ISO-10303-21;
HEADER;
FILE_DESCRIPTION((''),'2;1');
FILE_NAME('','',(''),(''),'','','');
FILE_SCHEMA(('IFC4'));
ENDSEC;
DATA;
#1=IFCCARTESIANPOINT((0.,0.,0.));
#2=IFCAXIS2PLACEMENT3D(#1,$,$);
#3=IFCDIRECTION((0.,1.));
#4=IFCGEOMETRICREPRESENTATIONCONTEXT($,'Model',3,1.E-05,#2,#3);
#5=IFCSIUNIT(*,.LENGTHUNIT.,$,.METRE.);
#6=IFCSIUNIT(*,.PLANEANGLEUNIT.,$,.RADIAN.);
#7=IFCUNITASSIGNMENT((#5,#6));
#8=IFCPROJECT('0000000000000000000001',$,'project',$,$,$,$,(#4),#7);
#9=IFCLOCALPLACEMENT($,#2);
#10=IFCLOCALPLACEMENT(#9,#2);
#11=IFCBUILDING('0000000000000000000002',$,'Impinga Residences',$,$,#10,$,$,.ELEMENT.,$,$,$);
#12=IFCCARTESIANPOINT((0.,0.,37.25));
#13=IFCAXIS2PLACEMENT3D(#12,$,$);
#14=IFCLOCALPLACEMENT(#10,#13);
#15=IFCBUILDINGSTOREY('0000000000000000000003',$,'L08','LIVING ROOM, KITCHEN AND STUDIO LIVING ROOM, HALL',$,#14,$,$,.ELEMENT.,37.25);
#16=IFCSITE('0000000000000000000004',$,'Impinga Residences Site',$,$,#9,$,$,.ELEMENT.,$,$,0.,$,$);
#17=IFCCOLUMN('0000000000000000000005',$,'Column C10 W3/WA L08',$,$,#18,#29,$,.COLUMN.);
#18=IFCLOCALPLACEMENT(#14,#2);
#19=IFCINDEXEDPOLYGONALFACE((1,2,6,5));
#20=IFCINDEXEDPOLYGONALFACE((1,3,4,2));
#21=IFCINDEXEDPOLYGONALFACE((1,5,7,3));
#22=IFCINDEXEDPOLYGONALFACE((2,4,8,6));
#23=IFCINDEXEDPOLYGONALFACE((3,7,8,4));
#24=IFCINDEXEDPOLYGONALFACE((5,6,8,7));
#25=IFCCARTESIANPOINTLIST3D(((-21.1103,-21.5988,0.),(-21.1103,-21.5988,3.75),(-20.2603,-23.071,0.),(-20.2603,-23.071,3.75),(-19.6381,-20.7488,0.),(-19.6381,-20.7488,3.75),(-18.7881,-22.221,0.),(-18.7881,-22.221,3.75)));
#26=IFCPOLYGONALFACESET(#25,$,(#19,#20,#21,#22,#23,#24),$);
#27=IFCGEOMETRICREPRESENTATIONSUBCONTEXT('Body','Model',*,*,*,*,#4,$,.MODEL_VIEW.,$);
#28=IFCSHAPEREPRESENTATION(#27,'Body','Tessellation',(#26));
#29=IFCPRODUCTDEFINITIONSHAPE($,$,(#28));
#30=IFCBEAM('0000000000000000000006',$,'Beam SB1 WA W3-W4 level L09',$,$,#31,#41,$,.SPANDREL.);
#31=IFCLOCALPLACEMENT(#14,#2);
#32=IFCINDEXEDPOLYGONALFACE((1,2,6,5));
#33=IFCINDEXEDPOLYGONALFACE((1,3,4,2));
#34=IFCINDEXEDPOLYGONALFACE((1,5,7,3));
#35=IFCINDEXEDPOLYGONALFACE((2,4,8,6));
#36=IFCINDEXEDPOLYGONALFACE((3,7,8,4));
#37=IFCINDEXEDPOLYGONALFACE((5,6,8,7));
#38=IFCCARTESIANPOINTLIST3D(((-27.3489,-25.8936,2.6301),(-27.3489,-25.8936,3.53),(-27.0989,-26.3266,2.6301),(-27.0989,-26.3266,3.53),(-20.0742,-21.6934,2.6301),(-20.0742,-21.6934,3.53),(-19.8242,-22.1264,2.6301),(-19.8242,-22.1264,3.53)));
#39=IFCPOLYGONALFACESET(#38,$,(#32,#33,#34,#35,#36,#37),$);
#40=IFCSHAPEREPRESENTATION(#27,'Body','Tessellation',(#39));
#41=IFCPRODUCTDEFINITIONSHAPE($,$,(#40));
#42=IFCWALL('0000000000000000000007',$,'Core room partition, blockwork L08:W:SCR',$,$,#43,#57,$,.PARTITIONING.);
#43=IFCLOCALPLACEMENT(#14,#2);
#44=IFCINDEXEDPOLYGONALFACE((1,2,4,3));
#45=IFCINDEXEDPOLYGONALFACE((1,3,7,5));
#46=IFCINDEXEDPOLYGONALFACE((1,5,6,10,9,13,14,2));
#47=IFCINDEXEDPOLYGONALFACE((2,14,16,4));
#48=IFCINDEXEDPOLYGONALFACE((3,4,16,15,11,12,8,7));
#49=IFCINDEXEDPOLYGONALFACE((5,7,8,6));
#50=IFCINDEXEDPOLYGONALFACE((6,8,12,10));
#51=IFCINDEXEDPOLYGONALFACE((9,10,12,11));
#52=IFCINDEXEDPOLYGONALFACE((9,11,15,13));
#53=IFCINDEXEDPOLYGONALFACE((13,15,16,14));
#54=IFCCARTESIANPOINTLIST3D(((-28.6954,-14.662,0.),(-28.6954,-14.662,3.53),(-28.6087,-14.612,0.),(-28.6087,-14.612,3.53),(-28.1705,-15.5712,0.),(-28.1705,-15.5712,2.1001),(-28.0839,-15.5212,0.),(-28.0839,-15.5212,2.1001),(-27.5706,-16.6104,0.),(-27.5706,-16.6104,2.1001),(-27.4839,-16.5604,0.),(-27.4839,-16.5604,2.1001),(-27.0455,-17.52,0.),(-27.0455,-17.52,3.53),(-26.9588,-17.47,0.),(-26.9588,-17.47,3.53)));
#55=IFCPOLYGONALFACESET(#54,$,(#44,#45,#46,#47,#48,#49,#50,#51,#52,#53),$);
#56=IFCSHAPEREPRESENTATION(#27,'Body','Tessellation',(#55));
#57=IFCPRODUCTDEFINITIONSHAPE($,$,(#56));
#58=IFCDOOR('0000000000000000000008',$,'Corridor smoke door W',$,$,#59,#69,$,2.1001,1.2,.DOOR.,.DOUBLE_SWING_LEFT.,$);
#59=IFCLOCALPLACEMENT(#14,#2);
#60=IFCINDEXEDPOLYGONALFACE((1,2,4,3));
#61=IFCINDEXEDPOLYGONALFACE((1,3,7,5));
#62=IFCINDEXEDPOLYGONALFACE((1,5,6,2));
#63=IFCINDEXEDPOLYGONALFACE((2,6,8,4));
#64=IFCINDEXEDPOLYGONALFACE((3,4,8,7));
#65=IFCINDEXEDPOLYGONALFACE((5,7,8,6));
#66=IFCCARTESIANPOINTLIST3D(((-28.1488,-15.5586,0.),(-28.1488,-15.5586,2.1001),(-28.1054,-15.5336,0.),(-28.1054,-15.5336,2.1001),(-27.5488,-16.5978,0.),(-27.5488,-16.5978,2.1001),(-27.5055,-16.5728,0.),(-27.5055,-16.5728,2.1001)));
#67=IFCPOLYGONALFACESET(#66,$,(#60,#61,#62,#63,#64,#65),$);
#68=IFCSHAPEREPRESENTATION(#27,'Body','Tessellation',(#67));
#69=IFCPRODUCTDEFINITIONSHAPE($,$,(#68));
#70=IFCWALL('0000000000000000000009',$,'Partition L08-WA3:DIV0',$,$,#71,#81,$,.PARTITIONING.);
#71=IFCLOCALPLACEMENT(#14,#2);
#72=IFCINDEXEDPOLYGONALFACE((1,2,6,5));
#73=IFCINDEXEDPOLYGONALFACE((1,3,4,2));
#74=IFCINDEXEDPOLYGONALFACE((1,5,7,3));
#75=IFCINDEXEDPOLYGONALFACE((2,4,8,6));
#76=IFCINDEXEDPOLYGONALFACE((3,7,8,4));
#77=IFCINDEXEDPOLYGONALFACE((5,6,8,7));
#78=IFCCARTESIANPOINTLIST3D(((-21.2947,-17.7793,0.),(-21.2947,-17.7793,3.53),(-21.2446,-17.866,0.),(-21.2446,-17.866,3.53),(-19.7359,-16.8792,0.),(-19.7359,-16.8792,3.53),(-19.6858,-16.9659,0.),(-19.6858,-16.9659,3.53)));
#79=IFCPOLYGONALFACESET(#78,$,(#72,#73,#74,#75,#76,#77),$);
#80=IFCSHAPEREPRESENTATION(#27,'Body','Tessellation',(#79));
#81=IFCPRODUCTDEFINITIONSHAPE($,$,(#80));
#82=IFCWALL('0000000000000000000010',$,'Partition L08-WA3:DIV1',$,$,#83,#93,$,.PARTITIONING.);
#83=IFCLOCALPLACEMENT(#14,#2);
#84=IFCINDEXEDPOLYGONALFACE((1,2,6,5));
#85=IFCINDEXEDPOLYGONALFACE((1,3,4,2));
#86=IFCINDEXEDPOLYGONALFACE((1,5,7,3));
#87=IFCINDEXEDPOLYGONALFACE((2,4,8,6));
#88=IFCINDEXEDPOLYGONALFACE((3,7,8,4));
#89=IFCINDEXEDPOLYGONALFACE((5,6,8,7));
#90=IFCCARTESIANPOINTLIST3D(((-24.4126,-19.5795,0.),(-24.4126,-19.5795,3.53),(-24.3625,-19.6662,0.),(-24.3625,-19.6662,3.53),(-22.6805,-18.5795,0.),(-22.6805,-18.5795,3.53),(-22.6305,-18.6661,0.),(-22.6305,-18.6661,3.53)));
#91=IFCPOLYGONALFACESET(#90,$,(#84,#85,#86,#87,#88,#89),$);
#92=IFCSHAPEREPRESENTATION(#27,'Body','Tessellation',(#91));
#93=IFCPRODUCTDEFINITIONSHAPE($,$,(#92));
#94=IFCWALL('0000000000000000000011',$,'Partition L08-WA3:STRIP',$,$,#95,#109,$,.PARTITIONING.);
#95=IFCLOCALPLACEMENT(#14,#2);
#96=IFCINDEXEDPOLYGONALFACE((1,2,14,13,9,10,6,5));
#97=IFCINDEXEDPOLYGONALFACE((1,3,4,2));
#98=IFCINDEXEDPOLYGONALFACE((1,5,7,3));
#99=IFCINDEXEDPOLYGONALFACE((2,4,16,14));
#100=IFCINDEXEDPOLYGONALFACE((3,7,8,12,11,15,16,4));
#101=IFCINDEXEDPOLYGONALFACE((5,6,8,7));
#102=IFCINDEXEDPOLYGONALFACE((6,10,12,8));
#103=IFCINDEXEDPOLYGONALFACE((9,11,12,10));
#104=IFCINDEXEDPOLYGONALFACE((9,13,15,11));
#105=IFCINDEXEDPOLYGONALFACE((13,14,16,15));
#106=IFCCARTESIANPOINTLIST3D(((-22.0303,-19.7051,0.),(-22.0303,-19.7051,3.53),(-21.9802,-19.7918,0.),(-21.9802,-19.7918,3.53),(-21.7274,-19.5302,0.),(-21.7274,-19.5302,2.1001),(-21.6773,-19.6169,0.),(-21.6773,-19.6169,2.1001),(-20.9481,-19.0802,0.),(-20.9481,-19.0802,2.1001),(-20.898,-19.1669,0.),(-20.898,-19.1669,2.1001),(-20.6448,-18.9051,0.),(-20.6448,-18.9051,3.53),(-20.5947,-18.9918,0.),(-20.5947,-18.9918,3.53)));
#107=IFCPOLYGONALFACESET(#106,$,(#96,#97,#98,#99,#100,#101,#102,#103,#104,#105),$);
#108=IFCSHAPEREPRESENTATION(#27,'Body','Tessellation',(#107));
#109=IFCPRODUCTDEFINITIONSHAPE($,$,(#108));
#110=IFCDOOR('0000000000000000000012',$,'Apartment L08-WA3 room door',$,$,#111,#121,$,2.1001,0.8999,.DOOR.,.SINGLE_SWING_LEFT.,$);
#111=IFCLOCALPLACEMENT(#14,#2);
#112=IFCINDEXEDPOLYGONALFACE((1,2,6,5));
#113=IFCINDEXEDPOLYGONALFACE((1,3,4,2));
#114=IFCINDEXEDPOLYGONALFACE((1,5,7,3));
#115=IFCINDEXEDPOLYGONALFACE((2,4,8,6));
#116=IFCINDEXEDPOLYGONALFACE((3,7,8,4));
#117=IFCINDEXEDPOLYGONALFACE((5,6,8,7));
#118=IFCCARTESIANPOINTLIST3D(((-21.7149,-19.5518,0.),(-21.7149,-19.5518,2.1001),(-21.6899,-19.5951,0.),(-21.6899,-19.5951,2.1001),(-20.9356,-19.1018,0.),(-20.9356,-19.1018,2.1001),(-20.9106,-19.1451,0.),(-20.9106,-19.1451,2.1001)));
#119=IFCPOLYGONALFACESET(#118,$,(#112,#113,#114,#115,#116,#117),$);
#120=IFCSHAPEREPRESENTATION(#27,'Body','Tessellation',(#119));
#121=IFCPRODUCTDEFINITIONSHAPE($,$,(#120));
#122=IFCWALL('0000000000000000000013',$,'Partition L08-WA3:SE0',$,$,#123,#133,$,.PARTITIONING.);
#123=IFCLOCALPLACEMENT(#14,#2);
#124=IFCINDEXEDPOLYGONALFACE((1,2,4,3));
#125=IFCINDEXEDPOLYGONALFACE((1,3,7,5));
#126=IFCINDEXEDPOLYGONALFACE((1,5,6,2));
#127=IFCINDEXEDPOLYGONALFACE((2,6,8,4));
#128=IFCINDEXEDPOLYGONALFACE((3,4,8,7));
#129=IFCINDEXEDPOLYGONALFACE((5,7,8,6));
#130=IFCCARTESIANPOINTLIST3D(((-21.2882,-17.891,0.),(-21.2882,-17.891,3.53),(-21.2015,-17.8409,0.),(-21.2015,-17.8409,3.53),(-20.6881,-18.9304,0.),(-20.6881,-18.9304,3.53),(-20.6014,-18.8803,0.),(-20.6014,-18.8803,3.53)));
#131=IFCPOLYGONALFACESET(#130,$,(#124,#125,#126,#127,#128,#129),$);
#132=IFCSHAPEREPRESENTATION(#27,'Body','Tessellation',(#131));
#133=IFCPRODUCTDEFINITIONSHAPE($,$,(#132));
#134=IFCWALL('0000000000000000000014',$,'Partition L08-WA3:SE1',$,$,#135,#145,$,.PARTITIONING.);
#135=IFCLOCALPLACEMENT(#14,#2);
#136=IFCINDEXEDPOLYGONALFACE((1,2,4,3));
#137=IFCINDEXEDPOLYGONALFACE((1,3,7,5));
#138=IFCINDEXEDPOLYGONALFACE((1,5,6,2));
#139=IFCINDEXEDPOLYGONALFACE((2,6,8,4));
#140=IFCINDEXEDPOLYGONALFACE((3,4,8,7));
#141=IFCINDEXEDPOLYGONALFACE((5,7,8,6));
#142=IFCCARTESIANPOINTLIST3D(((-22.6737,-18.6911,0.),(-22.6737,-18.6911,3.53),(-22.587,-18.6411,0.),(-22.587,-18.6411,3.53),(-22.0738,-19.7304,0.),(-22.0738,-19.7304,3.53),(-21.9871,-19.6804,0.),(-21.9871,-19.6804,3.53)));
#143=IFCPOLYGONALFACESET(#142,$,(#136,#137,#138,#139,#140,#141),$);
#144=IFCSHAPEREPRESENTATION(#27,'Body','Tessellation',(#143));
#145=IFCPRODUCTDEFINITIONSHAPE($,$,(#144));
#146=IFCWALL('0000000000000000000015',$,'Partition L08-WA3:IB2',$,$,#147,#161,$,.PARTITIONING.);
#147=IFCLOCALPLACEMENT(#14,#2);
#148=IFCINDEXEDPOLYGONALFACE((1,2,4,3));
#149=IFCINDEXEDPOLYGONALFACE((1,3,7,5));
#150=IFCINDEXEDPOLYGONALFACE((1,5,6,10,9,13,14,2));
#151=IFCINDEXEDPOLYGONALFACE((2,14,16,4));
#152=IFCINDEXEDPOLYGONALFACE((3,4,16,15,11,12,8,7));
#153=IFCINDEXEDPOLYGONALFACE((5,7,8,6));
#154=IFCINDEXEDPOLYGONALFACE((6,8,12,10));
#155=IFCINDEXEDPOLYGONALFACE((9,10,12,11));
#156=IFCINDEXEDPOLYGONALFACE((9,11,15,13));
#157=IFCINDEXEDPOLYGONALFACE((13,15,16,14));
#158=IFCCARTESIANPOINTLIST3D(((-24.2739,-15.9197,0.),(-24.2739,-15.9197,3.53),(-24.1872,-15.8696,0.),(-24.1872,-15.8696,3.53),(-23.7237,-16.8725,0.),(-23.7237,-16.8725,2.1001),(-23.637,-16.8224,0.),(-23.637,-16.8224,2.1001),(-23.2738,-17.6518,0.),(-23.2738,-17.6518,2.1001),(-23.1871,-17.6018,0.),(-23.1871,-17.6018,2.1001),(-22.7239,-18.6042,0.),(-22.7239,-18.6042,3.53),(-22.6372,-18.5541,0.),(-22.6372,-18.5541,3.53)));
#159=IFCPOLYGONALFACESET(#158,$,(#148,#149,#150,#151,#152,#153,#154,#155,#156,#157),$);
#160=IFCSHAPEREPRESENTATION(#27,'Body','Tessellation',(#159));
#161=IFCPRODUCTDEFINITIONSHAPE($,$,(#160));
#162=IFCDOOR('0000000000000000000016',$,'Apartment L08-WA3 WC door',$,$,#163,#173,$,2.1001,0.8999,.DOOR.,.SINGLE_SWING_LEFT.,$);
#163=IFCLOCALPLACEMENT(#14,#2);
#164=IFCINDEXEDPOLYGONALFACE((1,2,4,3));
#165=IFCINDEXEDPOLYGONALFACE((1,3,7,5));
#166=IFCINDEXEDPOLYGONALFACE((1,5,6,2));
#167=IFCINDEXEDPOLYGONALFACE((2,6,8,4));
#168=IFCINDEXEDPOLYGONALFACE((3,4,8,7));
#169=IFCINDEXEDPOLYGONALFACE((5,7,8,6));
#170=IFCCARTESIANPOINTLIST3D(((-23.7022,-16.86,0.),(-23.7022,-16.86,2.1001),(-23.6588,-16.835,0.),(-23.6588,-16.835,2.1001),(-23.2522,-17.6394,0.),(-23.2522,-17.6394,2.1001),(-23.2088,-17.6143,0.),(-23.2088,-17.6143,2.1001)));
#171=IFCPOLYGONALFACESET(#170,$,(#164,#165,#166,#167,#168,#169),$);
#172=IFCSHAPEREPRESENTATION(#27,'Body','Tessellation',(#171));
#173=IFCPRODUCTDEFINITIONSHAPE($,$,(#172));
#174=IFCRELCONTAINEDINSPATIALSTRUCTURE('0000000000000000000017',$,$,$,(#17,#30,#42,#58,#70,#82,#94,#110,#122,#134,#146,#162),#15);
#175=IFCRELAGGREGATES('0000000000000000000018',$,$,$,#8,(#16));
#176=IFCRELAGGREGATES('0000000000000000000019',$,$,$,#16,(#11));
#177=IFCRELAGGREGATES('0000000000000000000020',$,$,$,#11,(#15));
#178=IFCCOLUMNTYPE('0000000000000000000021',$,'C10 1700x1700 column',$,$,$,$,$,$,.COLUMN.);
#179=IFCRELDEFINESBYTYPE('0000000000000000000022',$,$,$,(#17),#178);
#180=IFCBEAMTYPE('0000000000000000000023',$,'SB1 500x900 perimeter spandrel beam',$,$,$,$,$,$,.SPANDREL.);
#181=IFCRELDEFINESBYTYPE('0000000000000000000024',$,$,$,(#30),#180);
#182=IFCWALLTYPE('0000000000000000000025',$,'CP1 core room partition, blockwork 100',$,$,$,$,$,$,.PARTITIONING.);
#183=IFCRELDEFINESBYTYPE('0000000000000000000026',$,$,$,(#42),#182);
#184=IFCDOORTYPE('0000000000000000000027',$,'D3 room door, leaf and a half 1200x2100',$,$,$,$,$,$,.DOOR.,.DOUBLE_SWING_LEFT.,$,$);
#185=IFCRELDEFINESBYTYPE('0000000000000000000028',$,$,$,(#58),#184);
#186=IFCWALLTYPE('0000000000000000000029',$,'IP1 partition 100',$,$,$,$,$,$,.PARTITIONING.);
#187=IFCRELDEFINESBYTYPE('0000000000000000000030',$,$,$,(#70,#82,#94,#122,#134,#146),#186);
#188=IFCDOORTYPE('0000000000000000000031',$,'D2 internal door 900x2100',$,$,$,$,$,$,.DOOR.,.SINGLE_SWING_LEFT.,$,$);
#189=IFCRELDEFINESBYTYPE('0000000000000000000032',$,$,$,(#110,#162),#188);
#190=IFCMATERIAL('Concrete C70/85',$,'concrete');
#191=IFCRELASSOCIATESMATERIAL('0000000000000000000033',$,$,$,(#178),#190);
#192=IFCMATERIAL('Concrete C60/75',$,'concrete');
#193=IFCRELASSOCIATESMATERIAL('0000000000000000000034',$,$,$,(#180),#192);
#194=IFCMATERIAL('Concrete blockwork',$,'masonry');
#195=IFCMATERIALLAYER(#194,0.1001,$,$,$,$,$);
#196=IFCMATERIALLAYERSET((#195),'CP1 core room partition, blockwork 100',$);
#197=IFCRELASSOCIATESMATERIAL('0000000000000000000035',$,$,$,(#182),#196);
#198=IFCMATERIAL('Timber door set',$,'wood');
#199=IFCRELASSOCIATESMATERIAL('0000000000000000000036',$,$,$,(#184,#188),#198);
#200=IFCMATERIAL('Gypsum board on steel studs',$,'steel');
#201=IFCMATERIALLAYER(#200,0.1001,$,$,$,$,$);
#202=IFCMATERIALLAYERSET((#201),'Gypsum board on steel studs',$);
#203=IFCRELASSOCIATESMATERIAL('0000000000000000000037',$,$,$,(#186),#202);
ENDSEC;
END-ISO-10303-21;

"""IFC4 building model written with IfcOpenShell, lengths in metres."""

from ifc_helpers import new_model, si_unit, direction, frame, frame_2d, origin, origin_2d, place, context, subcontext, project, spatial, rectangle, extrude, material, layer, layer_set, material_profile, profile_set, type_object, element, fill, save


model = new_model("IFC4")

# Units and contexts
model_context = context("Model", 3, precision=1e-05, world=origin(), true_north=direction((0.0, 1.0)))
body_context = subcontext(model_context, "Body", "Model", "MODEL_VIEW")
ifc_project = project(units=[si_unit("LENGTHUNIT", "METRE"), si_unit("PLANEANGLEUNIT", "RADIAN")], contexts=[model_context])

# Site, building, storey
site_placement = place(None, origin())
site = spatial("IfcSite", under=ifc_project, at=site_placement, Name="Impinga Residences Site", CompositionType="ELEMENT", RefElevation=0.0)
building_placement = place(site_placement, origin())
building = spatial("IfcBuilding", under=site, at=building_placement, Name="Impinga Residences", CompositionType="ELEMENT")
storey_placement = place(building_placement, frame((0.0, 0.0, 37.25)))
storey = spatial("IfcBuildingStorey", under=building, at=storey_placement, Name="L08", Description="LIVING ROOM, KITCHEN AND STUDIO LIVING ROOM, HALL", CompositionType="ELEMENT", Elevation=37.25)

# Column
ifc_material_1 = material(Name="Concrete C70/85", Category="concrete")
ifc_material_profile_1 = material_profile(ifc_material_1, rectangle(XDim=1.7, YDim=1.7, at=origin_2d()), Name="RC 1700x1700")
ifc_profile_set_1 = profile_set([ifc_material_profile_1], Name="Concrete C70/85")
column_type = type_object("IfcColumnType", Name="C10 1700x1700 column", PredefinedType="COLUMN", material=ifc_profile_set_1)
column_placement = place(storey_placement, frame((-19.9492, -21.9099, 0.0), z_axis=(0.0, 0.0, 1.0), x_axis=(-0.5, 0.866025, 0.0)))
element("IfcColumn", 1, at=column_placement, inside=storey, type_object=column_type, Name="Column C10 W3/WA L08", PredefinedType="COLUMN", context=body_context, shape_type="SweptSolid", body=[
    extrude(rectangle(XDim=1.7, YDim=1.7, at=origin_2d()), origin(), (0.0, 0.0, 1.0), 3.75),
])

# Beam
ifc_material_2 = material(Name="Concrete C60/75", Category="concrete")
ifc_material_profile_2 = material_profile(ifc_material_2, rectangle(XDim=0.5, YDim=0.8999, at=origin_2d()), Name="RC 500x900")
ifc_profile_set_2 = profile_set([ifc_material_profile_2], Name="Concrete C60/75")
beam_type = type_object("IfcBeamType", Name="SB1 500x900 perimeter spandrel beam", PredefinedType="SPANDREL", material=ifc_profile_set_2)
beam_placement = place(storey_placement, frame((-19.9492, -21.9099, 3.0801), z_axis=(-0.866017, -0.500015, 0.0), x_axis=(0.500015, -0.866017, 0.0)))
element("IfcBeam", 2, at=beam_placement, inside=storey, type_object=beam_type, Name="Beam SB1 WA W3-W4 level L09", PredefinedType="SPANDREL", context=body_context, shape_type="SweptSolid", body=[
    extrude(rectangle(XDim=0.5, YDim=0.8999, at=origin_2d()), origin(), (0.0, 0.0, 1.0), 8.4001),
])

# Wall, opening, door
ifc_material_3 = material(Name="Concrete blockwork", Category="masonry")
ifc_layer_1 = layer(ifc_material_3, 0.1001)
ifc_layer_set_1 = layer_set([ifc_layer_1], Name="CP1 core room partition, blockwork 100")
wall_type_1 = type_object("IfcWallType", Name="CP1 core room partition, blockwork 100", PredefinedType="PARTITIONING", material=ifc_layer_set_1)
wall_1_placement = place(storey_placement, frame((-27.0022, -17.4949, 0.0), z_axis=(0.0, 0.0, 1.0), x_axis=(-0.499974, 0.86604, 0.0)))
wall_1 = element("IfcWall", 3, at=wall_1_placement, inside=storey, type_object=wall_type_1, Name="Core room partition, blockwork L08:W:SCR", PredefinedType="PARTITIONING", context=body_context, shape_type="SweptSolid", body=[
    extrude(rectangle(XDim=3.3, YDim=0.1001, at=frame_2d((1.6499, 0.0))), origin(), (0.0, 0.0, 1.0), 3.53),
])
opening_1_placement = place(wall_1_placement, frame((1.05, 0.0, 0.0)))
opening_1 = element("IfcOpeningElement", 4, at=opening_1_placement, cuts=wall_1, PredefinedType="OPENING", context=body_context, shape_type="SweptSolid", body=[
    extrude(rectangle(XDim=1.2, YDim=2.1001, at=frame_2d((0.6001, 1.05))), frame((0.0, 0.0601, 0.0), z_axis=(0.0, -1.0, 0.0), x_axis=(1.0, 0.0, 0.0)), (0.0, 0.0, 1.0), 0.1201),
])
ifc_material_4 = material(Name="Timber door set", Category="wood")
door_type_1 = type_object("IfcDoorType", Name="D3 room door, leaf and a half 1200x2100", OperationType="DOUBLE_SWING_LEFT", PredefinedType="DOOR", material=ifc_material_4)
door_1_placement = place(opening_1_placement, origin())
door_1 = element("IfcDoor", 5, at=door_1_placement, inside=storey, type_object=door_type_1, Name="Corridor smoke door W", OperationType="DOUBLE_SWING_LEFT", OverallHeight=2.1001, OverallWidth=1.2, PredefinedType="DOOR", context=body_context, shape_type="SweptSolid", body=[
    extrude(rectangle(XDim=1.2, YDim=2.1001, at=frame_2d((0.6001, 1.05))), frame((0.0, 0.0249, 0.0), z_axis=(0.0, -1.0, 0.0), x_axis=(1.0, 0.0, 0.0)), (0.0, 0.0, 1.0), 0.05),
])
fill(opening_1, door_1)

# Walls
ifc_material_5 = material(Name="Gypsum board on steel studs", Category="steel")
ifc_layer_2 = layer(ifc_material_5, 0.1001)
ifc_layer_set_2 = layer_set([ifc_layer_2], Name="Gypsum board on steel studs")
wall_type_2 = type_object("IfcWallType", Name="IP1 partition 100", PredefinedType="PARTITIONING", material=ifc_layer_set_2)
wall_2_placement = place(storey_placement, frame((-19.7109, -16.9226, 0.0), z_axis=(0.0, 0.0, 1.0), x_axis=(-0.865989, -0.500063, 0.0)))
element("IfcWall", 6, at=wall_2_placement, inside=storey, type_object=wall_type_2, Name="Partition L08-WA3:DIV0", PredefinedType="PARTITIONING", context=body_context, shape_type="SweptSolid", body=[
    extrude(rectangle(XDim=1.8, YDim=0.1001, at=frame_2d((0.8999, 0.0))), origin(), (0.0, 0.0, 1.0), 3.53),
])
wall_3_placement = place(storey_placement, frame((-22.6555, -18.6228, 0.0), z_axis=(0.0, 0.0, 1.0), x_axis=(-0.866011, -0.500025, 0.0)))
element("IfcWall", 7, at=wall_3_placement, inside=storey, type_object=wall_type_2, Name="Partition L08-WA3:DIV1", PredefinedType="PARTITIONING", context=body_context, shape_type="SweptSolid", body=[
    extrude(rectangle(XDim=2.0, YDim=0.1001, at=frame_2d((1.0, 0.0))), origin(), (0.0, 0.0, 1.0), 3.53),
])

# Wall, opening, door
wall_4_placement = place(storey_placement, frame((-20.6199, -18.9485, 0.0), z_axis=(0.0, 0.0, 1.0), x_axis=(-0.86599, -0.500061, 0.0)))
wall_4 = element("IfcWall", 8, at=wall_4_placement, inside=storey, type_object=wall_type_2, Name="Partition L08-WA3:STRIP", PredefinedType="PARTITIONING", context=body_context, shape_type="SweptSolid", body=[
    extrude(rectangle(XDim=1.5999, YDim=0.1001, at=frame_2d((0.7998, 0.0))), origin(), (0.0, 0.0, 1.0), 3.53),
])
opening_2_placement = place(wall_4_placement, frame((0.3501, 0.0, 0.0)))
opening_2 = element("IfcOpeningElement", 9, at=opening_2_placement, cuts=wall_4, PredefinedType="OPENING", context=body_context, shape_type="SweptSolid", body=[
    extrude(rectangle(XDim=0.8999, YDim=2.1001, at=frame_2d((0.45, 1.05))), frame((0.0, 0.0601, 0.0), z_axis=(0.0, -1.0, 0.0), x_axis=(1.0, 0.0, 0.0)), (0.0, 0.0, 1.0), 0.1201),
])
door_type_2 = type_object("IfcDoorType", Name="D2 internal door 900x2100", OperationType="SINGLE_SWING_LEFT", PredefinedType="DOOR", material=ifc_material_4)
door_2_placement = place(opening_2_placement, origin())
door_2 = element("IfcDoor", 10, at=door_2_placement, inside=storey, type_object=door_type_2, Name="Apartment L08-WA3 room door", OperationType="SINGLE_SWING_LEFT", OverallHeight=2.1001, OverallWidth=0.8999, PredefinedType="DOOR", context=body_context, shape_type="SweptSolid", body=[
    extrude(rectangle(XDim=0.8999, YDim=2.1001, at=frame_2d((0.45, 1.05))), frame((0.0, 0.0249, 0.0), z_axis=(0.0, -1.0, 0.0), x_axis=(1.0, 0.0, 0.0)), (0.0, 0.0, 1.0), 0.05),
])
fill(opening_2, door_2)

# Walls
wall_5_placement = place(storey_placement, frame((-21.2449, -17.866, 0.0), z_axis=(0.0, 0.0, 1.0), x_axis=(0.500034, -0.866006, 0.0)))
element("IfcWall", 11, at=wall_5_placement, inside=storey, type_object=wall_type_2, Name="Partition L08-WA3:SE0", PredefinedType="PARTITIONING", context=body_context, shape_type="SweptSolid", body=[
    extrude(rectangle(XDim=1.2002, YDim=0.1001, at=frame_2d((0.6001, 0.0))), origin(), (0.0, 0.0, 1.0), 3.53),
])
wall_6_placement = place(storey_placement, frame((-22.6304, -18.666, 0.0), z_axis=(0.0, 0.0, 1.0), x_axis=(0.499881, -0.866094, 0.0)))
element("IfcWall", 12, at=wall_6_placement, inside=storey, type_object=wall_type_2, Name="Partition L08-WA3:SE1", PredefinedType="PARTITIONING", context=body_context, shape_type="SweptSolid", body=[
    extrude(rectangle(XDim=1.2, YDim=0.1001, at=frame_2d((0.6001, 0.0))), origin(), (0.0, 0.0, 1.0), 3.53),
])

# Wall, opening, door
wall_7_placement = place(storey_placement, frame((-24.2305, -15.8948, 0.0), z_axis=(0.0, 0.0, 1.0), x_axis=(0.500027, -0.86601, 0.0)))
wall_7 = element("IfcWall", 13, at=wall_7_placement, inside=storey, type_object=wall_type_2, Name="Partition L08-WA3:IB2", PredefinedType="PARTITIONING", context=body_context, shape_type="SweptSolid", body=[
    extrude(rectangle(XDim=3.0999, YDim=0.1001, at=frame_2d((1.5498, 0.0))), origin(), (0.0, 0.0, 1.0), 3.53),
])
opening_3_placement = place(wall_7_placement, frame((1.1001, 0.0, 0.0)))
opening_3 = element("IfcOpeningElement", 14, at=opening_3_placement, cuts=wall_7, PredefinedType="OPENING", context=body_context, shape_type="SweptSolid", body=[
    extrude(rectangle(XDim=0.8999, YDim=2.1001, at=frame_2d((0.45, 1.05))), frame((0.0, 0.0601, 0.0), z_axis=(0.0, -1.0, 0.0), x_axis=(1.0, 0.0, 0.0)), (0.0, 0.0, 1.0), 0.1201),
])
door_3_placement = place(opening_3_placement, origin())
door_3 = element("IfcDoor", 15, at=door_3_placement, inside=storey, type_object=door_type_2, Name="Apartment L08-WA3 WC door", OperationType="SINGLE_SWING_LEFT", OverallHeight=2.1001, OverallWidth=0.8999, PredefinedType="DOOR", context=body_context, shape_type="SweptSolid", body=[
    extrude(rectangle(XDim=0.8999, YDim=2.1001, at=frame_2d((0.45, 1.05))), frame((0.0, 0.0249, 0.0), z_axis=(0.0, -1.0, 0.0), x_axis=(1.0, 0.0, 0.0)), (0.0, 0.0, 1.0), 0.05),
])
fill(opening_3, door_3)

save(model, "model.ifc")
